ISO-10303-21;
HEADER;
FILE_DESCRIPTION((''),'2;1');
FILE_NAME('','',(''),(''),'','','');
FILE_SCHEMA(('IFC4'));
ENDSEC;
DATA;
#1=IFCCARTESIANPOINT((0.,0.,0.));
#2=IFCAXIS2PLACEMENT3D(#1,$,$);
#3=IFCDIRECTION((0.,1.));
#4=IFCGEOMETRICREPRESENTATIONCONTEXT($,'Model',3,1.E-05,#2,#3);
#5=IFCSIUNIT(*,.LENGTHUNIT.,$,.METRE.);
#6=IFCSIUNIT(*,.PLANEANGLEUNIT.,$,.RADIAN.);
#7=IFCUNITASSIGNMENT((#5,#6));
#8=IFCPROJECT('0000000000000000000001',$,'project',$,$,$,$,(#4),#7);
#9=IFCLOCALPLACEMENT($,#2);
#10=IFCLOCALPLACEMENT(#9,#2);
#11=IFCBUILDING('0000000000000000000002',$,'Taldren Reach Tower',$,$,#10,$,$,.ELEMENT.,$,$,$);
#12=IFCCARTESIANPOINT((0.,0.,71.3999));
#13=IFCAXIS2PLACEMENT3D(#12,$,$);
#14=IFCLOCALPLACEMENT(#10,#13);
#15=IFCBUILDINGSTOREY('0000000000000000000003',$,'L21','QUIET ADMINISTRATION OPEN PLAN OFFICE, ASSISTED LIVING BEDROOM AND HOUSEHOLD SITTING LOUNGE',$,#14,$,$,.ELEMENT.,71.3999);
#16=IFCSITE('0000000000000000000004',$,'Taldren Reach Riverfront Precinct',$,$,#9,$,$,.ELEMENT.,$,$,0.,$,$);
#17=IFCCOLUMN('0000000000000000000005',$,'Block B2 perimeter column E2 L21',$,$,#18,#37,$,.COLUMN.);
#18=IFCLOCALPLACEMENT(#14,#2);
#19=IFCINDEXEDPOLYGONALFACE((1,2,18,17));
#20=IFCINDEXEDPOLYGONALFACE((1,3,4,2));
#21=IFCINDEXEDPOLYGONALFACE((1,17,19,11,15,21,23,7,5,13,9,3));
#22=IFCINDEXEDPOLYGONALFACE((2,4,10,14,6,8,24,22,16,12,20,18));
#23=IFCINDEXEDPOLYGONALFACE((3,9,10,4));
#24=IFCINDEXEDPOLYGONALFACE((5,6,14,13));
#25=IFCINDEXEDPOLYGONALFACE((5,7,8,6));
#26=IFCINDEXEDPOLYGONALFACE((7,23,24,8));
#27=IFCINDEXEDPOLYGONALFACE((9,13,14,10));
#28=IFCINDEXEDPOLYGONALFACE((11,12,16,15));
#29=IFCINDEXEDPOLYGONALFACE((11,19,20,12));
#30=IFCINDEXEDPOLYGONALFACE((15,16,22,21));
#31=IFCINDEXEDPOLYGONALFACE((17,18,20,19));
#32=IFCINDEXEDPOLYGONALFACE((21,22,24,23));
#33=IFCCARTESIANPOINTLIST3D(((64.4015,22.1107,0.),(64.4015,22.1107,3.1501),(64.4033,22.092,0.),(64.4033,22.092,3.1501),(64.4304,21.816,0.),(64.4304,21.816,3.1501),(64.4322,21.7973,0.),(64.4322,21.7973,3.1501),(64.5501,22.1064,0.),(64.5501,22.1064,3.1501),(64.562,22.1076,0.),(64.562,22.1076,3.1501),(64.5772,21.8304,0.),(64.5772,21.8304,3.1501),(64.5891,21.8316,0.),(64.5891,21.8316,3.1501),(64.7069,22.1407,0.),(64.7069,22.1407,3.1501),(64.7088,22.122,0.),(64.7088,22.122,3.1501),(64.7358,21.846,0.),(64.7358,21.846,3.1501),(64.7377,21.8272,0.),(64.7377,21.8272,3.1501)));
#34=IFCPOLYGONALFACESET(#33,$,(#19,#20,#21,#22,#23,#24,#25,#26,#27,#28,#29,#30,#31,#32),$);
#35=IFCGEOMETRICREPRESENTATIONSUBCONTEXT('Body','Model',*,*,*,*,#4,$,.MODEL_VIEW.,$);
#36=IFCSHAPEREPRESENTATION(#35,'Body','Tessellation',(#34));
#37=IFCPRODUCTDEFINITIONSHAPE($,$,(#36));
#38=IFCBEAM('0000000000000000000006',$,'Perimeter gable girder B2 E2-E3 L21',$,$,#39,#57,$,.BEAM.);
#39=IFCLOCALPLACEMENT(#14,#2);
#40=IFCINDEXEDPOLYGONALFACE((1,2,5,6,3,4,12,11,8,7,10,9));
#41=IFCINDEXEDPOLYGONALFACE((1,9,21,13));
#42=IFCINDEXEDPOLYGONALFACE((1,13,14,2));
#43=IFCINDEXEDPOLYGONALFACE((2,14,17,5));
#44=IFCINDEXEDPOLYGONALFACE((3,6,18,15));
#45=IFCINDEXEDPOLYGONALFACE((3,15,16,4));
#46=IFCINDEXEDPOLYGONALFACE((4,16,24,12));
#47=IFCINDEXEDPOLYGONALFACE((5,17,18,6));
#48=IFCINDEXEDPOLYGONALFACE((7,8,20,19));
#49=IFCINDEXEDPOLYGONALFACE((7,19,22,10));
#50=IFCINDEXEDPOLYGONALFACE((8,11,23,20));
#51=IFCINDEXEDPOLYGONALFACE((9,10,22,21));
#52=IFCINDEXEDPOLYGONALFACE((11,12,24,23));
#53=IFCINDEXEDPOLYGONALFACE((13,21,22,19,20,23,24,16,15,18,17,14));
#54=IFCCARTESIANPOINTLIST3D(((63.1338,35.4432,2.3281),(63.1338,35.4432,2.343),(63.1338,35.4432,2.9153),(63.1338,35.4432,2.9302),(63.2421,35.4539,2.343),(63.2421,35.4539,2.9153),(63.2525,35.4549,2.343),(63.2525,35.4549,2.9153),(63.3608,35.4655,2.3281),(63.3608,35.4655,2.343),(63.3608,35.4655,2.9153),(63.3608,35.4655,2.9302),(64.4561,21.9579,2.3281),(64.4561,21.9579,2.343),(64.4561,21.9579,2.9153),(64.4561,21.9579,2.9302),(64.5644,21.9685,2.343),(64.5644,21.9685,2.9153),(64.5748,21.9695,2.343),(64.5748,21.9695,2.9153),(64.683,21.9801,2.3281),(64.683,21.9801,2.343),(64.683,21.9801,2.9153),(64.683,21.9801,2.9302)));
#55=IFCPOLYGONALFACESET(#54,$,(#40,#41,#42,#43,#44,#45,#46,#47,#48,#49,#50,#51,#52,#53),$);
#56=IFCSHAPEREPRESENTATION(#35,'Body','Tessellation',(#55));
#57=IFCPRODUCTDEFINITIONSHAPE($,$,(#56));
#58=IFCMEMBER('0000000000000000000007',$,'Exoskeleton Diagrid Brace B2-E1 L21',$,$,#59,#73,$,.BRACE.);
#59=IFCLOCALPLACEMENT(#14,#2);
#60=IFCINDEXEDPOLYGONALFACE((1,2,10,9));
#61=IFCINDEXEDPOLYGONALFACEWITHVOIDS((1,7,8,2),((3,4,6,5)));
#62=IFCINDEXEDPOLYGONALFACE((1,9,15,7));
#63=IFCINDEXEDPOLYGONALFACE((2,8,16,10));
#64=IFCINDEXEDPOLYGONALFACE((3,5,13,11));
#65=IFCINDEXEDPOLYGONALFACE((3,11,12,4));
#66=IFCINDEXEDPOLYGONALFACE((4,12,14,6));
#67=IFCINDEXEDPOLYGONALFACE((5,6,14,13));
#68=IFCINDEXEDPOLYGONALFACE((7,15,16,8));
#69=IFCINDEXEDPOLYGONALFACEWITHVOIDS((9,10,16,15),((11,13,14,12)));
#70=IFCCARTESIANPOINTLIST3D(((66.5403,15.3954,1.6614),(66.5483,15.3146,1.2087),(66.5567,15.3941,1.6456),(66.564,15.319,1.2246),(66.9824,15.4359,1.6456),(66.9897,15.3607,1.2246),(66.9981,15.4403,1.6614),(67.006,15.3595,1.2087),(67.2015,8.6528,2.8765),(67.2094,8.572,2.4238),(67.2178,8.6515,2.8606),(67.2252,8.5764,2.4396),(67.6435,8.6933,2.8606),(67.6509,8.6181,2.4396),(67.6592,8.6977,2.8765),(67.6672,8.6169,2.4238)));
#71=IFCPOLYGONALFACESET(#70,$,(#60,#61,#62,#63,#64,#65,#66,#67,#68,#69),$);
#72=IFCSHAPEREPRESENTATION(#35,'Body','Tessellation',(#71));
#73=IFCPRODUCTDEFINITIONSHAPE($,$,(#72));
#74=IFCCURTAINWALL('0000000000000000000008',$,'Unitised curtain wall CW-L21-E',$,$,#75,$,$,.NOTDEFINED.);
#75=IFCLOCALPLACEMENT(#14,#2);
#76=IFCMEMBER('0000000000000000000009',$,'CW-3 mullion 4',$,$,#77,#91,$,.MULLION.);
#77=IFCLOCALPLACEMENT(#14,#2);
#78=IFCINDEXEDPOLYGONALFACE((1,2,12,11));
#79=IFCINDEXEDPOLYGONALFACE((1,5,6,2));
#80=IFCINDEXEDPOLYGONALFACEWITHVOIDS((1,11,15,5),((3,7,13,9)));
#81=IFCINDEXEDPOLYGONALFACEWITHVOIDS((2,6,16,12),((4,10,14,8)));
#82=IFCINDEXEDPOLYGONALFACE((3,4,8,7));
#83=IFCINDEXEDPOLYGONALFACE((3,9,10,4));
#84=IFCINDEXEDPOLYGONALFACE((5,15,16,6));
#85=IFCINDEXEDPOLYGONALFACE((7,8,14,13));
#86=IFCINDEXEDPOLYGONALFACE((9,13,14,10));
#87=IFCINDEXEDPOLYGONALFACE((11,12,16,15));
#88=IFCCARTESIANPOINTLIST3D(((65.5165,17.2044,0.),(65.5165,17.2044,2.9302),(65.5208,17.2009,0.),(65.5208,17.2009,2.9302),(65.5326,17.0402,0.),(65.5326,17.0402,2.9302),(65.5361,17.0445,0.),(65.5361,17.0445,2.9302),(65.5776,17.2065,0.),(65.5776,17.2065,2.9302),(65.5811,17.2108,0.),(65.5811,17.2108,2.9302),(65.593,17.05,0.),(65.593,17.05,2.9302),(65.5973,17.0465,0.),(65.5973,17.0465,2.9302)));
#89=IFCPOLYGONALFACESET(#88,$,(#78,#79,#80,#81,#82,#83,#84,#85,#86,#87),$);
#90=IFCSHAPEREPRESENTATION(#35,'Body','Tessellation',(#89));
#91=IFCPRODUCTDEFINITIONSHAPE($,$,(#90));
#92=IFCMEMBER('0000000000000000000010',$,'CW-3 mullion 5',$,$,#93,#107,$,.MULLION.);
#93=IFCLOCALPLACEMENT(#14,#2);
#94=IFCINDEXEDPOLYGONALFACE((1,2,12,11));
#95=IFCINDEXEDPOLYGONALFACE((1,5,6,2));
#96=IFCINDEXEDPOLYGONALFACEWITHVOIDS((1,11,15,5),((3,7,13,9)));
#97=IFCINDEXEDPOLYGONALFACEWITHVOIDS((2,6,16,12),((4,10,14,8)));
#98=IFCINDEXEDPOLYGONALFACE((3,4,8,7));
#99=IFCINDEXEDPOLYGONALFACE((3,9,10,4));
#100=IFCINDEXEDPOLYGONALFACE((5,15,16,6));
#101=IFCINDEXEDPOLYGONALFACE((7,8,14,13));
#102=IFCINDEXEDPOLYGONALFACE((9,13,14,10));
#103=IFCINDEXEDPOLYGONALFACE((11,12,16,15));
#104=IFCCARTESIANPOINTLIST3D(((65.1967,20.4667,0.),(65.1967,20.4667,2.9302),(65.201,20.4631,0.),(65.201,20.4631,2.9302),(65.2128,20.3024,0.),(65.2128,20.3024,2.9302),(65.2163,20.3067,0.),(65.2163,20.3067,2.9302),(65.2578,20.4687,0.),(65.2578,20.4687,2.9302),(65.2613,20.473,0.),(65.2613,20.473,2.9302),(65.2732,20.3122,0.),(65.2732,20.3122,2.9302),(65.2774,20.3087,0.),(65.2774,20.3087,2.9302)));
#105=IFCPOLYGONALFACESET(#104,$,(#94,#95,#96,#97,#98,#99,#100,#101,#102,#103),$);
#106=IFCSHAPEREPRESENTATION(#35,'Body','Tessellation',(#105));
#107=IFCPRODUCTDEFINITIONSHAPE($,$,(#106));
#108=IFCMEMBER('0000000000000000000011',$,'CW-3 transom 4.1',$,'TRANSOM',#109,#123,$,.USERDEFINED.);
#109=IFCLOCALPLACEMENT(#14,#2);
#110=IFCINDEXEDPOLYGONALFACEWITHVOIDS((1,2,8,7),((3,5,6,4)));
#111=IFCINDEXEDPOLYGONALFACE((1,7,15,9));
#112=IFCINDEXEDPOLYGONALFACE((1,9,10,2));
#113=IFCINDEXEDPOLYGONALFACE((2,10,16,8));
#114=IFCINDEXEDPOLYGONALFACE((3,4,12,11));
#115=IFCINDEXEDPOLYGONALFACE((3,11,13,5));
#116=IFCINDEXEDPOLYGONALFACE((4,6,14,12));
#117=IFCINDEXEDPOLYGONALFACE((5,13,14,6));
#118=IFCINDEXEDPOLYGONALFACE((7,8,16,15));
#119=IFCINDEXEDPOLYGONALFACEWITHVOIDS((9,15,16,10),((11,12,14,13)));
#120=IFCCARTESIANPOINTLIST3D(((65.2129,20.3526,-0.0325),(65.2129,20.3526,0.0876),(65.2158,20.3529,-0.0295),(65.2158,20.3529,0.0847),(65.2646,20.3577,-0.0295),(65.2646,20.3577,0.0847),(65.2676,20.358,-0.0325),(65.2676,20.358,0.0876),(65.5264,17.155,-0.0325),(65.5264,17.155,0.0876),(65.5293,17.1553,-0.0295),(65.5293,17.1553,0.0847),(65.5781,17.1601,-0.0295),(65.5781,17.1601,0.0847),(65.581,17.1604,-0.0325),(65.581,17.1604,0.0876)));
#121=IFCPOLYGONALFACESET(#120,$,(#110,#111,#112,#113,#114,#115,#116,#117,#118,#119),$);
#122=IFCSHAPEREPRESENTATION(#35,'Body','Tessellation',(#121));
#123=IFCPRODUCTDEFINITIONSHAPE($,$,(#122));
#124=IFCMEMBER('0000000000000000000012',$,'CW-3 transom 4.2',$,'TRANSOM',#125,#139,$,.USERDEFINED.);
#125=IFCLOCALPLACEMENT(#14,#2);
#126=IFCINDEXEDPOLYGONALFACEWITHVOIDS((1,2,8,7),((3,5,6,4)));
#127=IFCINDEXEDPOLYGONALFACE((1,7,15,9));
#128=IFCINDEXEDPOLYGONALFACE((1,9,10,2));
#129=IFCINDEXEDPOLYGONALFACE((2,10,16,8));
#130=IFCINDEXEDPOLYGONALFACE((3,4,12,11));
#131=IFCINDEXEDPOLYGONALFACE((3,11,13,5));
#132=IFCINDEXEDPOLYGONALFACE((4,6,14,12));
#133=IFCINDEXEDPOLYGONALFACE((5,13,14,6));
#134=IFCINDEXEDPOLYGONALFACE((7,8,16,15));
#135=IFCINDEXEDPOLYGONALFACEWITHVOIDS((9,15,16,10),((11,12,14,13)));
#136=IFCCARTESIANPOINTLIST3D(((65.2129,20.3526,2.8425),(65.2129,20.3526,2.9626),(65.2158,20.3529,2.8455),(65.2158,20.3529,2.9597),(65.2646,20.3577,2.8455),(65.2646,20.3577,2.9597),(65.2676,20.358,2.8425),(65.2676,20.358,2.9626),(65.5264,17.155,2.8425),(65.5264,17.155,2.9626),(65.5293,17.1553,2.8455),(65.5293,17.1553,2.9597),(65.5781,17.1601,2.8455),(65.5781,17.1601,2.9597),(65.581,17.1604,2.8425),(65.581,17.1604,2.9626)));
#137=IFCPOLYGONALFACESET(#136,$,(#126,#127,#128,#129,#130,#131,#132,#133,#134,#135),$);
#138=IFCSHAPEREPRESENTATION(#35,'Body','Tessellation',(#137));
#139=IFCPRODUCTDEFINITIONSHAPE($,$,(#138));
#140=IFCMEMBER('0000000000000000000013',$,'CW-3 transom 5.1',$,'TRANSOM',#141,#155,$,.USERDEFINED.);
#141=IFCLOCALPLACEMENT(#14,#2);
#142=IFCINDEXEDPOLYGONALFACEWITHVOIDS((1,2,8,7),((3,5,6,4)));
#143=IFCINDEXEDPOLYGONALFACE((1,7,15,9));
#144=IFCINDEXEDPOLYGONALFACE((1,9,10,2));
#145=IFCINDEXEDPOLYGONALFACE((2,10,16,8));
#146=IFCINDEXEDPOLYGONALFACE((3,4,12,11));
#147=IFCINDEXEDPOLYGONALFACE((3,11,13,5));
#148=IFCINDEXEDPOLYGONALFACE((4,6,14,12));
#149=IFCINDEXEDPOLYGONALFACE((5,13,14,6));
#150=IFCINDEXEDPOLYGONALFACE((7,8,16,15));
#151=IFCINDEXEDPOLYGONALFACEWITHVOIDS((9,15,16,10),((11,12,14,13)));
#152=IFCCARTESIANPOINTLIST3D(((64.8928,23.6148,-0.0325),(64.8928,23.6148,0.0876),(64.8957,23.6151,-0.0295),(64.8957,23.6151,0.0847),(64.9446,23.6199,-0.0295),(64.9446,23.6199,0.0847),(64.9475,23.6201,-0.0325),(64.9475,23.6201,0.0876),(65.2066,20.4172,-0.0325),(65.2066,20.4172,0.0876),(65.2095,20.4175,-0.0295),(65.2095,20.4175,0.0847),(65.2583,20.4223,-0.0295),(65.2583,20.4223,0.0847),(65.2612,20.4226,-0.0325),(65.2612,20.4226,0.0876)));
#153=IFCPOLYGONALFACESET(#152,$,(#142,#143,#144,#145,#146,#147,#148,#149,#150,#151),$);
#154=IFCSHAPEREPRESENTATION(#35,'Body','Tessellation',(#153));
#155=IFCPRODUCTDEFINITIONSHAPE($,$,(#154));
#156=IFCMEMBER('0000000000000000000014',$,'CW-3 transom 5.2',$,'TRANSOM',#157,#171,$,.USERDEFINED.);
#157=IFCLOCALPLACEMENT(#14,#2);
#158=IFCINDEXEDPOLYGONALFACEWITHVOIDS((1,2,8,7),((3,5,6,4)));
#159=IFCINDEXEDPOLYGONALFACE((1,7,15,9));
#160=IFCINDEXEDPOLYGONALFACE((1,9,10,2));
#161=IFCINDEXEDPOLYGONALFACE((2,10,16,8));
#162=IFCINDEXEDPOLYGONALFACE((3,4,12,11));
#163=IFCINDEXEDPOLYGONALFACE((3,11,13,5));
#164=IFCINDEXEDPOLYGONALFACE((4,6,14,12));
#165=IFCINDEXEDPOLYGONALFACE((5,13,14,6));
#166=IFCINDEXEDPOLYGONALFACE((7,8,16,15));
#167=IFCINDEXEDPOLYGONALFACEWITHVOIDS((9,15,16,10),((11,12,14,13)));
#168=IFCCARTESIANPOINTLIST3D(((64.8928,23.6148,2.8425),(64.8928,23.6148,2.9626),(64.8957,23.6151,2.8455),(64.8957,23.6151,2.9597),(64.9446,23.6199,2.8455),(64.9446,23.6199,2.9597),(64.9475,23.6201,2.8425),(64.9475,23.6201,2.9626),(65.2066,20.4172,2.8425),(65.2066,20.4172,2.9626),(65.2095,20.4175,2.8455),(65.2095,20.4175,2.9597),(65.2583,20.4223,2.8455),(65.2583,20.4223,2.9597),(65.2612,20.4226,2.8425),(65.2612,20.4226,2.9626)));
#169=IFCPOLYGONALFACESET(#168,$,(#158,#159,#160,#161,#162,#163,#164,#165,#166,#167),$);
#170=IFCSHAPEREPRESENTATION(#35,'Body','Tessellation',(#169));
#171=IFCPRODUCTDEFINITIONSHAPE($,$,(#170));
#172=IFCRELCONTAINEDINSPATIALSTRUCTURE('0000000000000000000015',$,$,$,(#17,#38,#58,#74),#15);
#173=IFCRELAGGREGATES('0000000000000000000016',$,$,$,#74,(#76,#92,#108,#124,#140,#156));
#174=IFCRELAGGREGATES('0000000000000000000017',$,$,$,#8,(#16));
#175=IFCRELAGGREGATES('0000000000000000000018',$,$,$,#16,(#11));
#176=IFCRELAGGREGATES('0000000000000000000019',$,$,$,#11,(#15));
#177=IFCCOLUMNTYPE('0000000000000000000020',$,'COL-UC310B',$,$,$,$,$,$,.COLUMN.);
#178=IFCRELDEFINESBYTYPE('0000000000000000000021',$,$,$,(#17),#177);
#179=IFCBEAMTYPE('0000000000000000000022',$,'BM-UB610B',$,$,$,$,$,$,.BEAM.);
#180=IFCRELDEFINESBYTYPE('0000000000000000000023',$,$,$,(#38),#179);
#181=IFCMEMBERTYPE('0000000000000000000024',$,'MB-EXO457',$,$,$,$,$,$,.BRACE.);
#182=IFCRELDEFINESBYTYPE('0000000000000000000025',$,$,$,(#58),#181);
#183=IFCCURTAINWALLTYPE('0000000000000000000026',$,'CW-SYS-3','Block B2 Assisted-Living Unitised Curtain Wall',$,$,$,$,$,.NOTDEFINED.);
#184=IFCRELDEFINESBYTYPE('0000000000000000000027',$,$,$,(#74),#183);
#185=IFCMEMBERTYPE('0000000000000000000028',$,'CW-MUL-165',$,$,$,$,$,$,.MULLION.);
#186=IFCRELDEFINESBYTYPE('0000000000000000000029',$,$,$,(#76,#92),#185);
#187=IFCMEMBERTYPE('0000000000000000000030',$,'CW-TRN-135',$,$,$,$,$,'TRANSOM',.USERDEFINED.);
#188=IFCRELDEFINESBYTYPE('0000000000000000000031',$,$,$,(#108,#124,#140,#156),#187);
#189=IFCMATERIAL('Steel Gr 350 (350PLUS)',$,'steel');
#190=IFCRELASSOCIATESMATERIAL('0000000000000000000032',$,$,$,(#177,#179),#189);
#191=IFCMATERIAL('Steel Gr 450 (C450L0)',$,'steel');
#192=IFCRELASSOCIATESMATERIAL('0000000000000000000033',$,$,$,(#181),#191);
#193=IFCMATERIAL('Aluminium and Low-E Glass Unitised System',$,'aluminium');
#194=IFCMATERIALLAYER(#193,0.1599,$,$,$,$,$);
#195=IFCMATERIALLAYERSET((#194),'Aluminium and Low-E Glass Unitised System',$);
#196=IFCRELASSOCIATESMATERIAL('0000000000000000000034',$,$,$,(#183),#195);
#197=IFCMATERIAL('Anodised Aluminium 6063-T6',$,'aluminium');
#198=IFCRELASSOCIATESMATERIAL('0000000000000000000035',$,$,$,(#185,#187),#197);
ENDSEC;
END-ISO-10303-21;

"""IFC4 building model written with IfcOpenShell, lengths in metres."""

from ifc_helpers import new_model, si_unit, direction, frame, origin, origin_2d, place, context, subcontext, project, spatial, hollow_rectangle, i_section, extrude, source, transform, mapped, material, layer, layer_set, material_profile, profile_set, type_object, element, aggregate, save


model = new_model("IFC4")

# Units and contexts
model_context = context("Model", 3, precision=1e-05, world=origin(), true_north=direction((0.0, 1.0)))
body_context = subcontext(model_context, "Body", "Model", "MODEL_VIEW")
ifc_project = project(units=[si_unit("LENGTHUNIT", "METRE"), si_unit("PLANEANGLEUNIT", "RADIAN")], contexts=[model_context])

# Site, building, storey
site_placement = place(None, origin())
site = spatial("IfcSite", under=ifc_project, at=site_placement, Name="Taldren Reach Riverfront Precinct", CompositionType="ELEMENT", RefElevation=0.0)
building_placement = place(site_placement, origin())
building = spatial("IfcBuilding", under=site, at=building_placement, Name="Taldren Reach Tower", CompositionType="ELEMENT")
storey_placement = place(building_placement, frame((0.0, 0.0, 71.3999)))
storey = spatial("IfcBuildingStorey", under=building, at=storey_placement, Name="L21", Description="QUIET ADMINISTRATION OPEN PLAN OFFICE, ASSISTED LIVING BEDROOM AND HOUSEHOLD SITTING LOUNGE", CompositionType="ELEMENT", Elevation=71.3999)

# Column
ifc_material_1 = material(Name="Steel Gr 350 (350PLUS)", Category="steel")
ifc_material_profile_1 = material_profile(ifc_material_1, i_section(OverallWidth=0.3069, OverallDepth=0.3149, WebThickness=0.012, FlangeThickness=0.0188, at=origin_2d()), Name="310UC118")
ifc_profile_set_1 = profile_set([ifc_material_profile_1], Name="Steel Gr 350 (350PLUS)")
column_type = type_object("IfcColumnType", Name="COL-UC310B", PredefinedType="COLUMN", material=ifc_profile_set_1)
shared_shape_1 = source(origin(), body_context, "Body", "SweptSolid", [
    extrude(i_section(OverallWidth=0.3069, OverallDepth=0.3149, WebThickness=0.012, FlangeThickness=0.0188, at=origin_2d()), origin(), (0.0, 0.0, 1.0), 3.1501),
])
column_placement = place(storey_placement, frame((64.5696, 21.969, 0.0), z_axis=(0.0, 0.0, 1.0), x_axis=(0.995227, 0.097583, 0.0)))
element("IfcColumn", 1, at=column_placement, inside=storey, type_object=column_type, Name="Block B2 perimeter column E2 L21", PredefinedType="COLUMN", context=body_context, shape_type="MappedRepresentation", body=[
    mapped(shared_shape_1, transform((0.0, 0.0, 0.0), scale=1.0)),
])

# Beam
ifc_material_profile_2 = material_profile(ifc_material_1, i_section(OverallWidth=0.228, OverallDepth=0.6021, WebThickness=0.0105, FlangeThickness=0.0149, at=origin_2d()), Name="610UB101")
ifc_profile_set_2 = profile_set([ifc_material_profile_2], Name="Steel Gr 350 (350PLUS)")
beam_type = type_object("IfcBeamType", Name="BM-UB610B", PredefinedType="BEAM", material=ifc_profile_set_2)
shared_shape_2 = source(origin(), body_context, "Body", "SweptSolid", [
    extrude(i_section(OverallWidth=0.228, OverallDepth=0.6021, WebThickness=0.0105, FlangeThickness=0.0149, at=origin_2d()), origin(), (0.0, 0.0, 1.0), 13.55),
])
beam_placement = place(storey_placement, frame((64.5696, 21.969, 2.6292), z_axis=(-0.097584, 0.995227, 0.0), x_axis=(-0.995227, -0.097584, 0.0)))
element("IfcBeam", 2, at=beam_placement, inside=storey, type_object=beam_type, Name="Perimeter gable girder B2 E2-E3 L21", PredefinedType="BEAM", context=body_context, shape_type="MappedRepresentation", body=[
    mapped(shared_shape_2, transform((0.0, 0.0, 0.0), scale=1.0)),
])

# Member
ifc_material_2 = material(Name="Steel Gr 450 (C450L0)", Category="steel")
ifc_material_profile_3 = material_profile(ifc_material_2, hollow_rectangle(XDim=0.46, YDim=0.46, WallThickness=0.0161, at=origin_2d()), Name="460x460x16.0SHS")
ifc_profile_set_3 = profile_set([ifc_material_profile_3], Name="Steel Gr 450 (C450L0)")
member_type_1 = type_object("IfcMemberType", Name="MB-EXO457", PredefinedType="BRACE", material=ifc_profile_set_3)
shared_shape_3 = source(origin(), body_context, "Body", "SweptSolid", [
    extrude(hollow_rectangle(XDim=0.46, YDim=0.46, WallThickness=0.0161, at=origin_2d()), origin(), (0.0, 0.0, 1.0), 6.8831),
])
member_1_placement = place(storey_placement, frame((66.7732, 15.3774, 1.4351), z_axis=(0.096051, -0.979597, 0.176532), x_axis=(0.995227, 0.097584, 0.0)))
element("IfcMember", 3, at=member_1_placement, inside=storey, type_object=member_type_1, Name="Exoskeleton Diagrid Brace B2-E1 L21", PredefinedType="BRACE", context=body_context, shape_type="MappedRepresentation", body=[
    mapped(shared_shape_3, transform((0.0, 0.0, 0.0), scale=1.0)),
])

# Curtain wall, members
ifc_material_3 = material(Name="Aluminium and Low-E Glass Unitised System", Category="aluminium")
ifc_layer_1 = layer(ifc_material_3, 0.1599)
ifc_layer_set_1 = layer_set([ifc_layer_1], Name="Aluminium and Low-E Glass Unitised System")
curtain_wall_type = type_object("IfcCurtainWallType", Name="CW-SYS-3", Description="Block B2 Assisted-Living Unitised Curtain Wall", PredefinedType="NOTDEFINED", material=ifc_layer_set_1)
curtain_wall_placement = place(storey_placement, origin())
curtain_wall = element("IfcCurtainWall", 4, at=curtain_wall_placement, inside=storey, type_object=curtain_wall_type, Name="Unitised curtain wall CW-L21-E", PredefinedType="NOTDEFINED")
ifc_material_4 = material(Name="Anodised Aluminium 6063-T6", Category="aluminium")
ifc_material_profile_4 = material_profile(ifc_material_4, hollow_rectangle(XDim=0.0649, YDim=0.165, WallThickness=0.0039, at=origin_2d()), Name="ALU-165x65x4RHS")
ifc_profile_set_4 = profile_set([ifc_material_profile_4], Name="Anodised Aluminium 6063-T6")
member_type_2 = type_object("IfcMemberType", Name="CW-MUL-165", PredefinedType="MULLION", material=ifc_profile_set_4)
shared_shape_4 = source(origin(), body_context, "Body", "SweptSolid", [
    extrude(hollow_rectangle(XDim=0.0649, YDim=0.165, WallThickness=0.0039, at=origin_2d()), origin(), (0.0, 0.0, 1.0), 2.9302),
])
member_2_placement = place(storey_placement, frame((65.5569, 17.1255, 0.0), z_axis=(0.0, 0.0, 1.0), x_axis=(-0.995227, -0.097583, 0.0)))
member_2 = element("IfcMember", 5, at=member_2_placement, type_object=member_type_2, Name="CW-3 mullion 4", PredefinedType="MULLION", context=body_context, shape_type="MappedRepresentation", body=[
    mapped(shared_shape_4, transform((0.0, 0.0, 0.0), scale=1.0)),
])
member_3_placement = place(storey_placement, frame((65.2371, 20.3877, 0.0), z_axis=(0.0, 0.0, 1.0), x_axis=(-0.995227, -0.097583, 0.0)))
member_3 = element("IfcMember", 6, at=member_3_placement, type_object=member_type_2, Name="CW-3 mullion 5", PredefinedType="MULLION", context=body_context, shape_type="MappedRepresentation", body=[
    mapped(shared_shape_4, transform((0.0, 0.0, 0.0), scale=1.0)),
])
ifc_material_profile_5 = material_profile(ifc_material_4, hollow_rectangle(XDim=0.0549, YDim=0.1201, WallThickness=0.0029, at=origin_2d()), Name="ALU-120x55x3RHS")
ifc_profile_set_5 = profile_set([ifc_material_profile_5], Name="Anodised Aluminium 6063-T6")
member_type_3 = type_object("IfcMemberType", Name="CW-TRN-135", ElementType="TRANSOM", PredefinedType="USERDEFINED", material=ifc_profile_set_5)
shared_shape_5 = source(origin(), body_context, "Body", "SweptSolid", [
    extrude(hollow_rectangle(XDim=0.0549, YDim=0.1201, WallThickness=0.0029, at=origin_2d()), origin(), (0.0, 0.0, 1.0), 3.2129),
])
member_4_placement = place(storey_placement, frame((65.5537, 17.1577, 0.0276), z_axis=(-0.09757, 0.995229, 0.0), x_axis=(-0.995229, -0.09757, 0.0)))
member_4 = element("IfcMember", 7, at=member_4_placement, type_object=member_type_3, Name="CW-3 transom 4.1", ObjectType="TRANSOM", PredefinedType="USERDEFINED", context=body_context, shape_type="MappedRepresentation", body=[
    mapped(shared_shape_5, transform((0.0, 0.0, 0.0), scale=1.0)),
])
member_5_placement = place(storey_placement, frame((65.5537, 17.1577, 2.9026), z_axis=(-0.09757, 0.995229, 0.0), x_axis=(-0.995229, -0.09757, 0.0)))
member_5 = element("IfcMember", 8, at=member_5_placement, type_object=member_type_3, Name="CW-3 transom 4.2", ObjectType="TRANSOM", PredefinedType="USERDEFINED", context=body_context, shape_type="MappedRepresentation", body=[
    mapped(shared_shape_5, transform((0.0, 0.0, 0.0), scale=1.0)),
])
member_6_placement = place(storey_placement, frame((65.2339, 20.4199, 0.0276), z_axis=(-0.097645, 0.995221, 0.0), x_axis=(-0.995221, -0.097645, 0.0)))
member_6 = element("IfcMember", 9, at=member_6_placement, type_object=member_type_3, Name="CW-3 transom 5.1", ObjectType="TRANSOM", PredefinedType="USERDEFINED", context=body_context, shape_type="MappedRepresentation", body=[
    mapped(shared_shape_5, transform((0.0, 0.0, 0.0), scale=1.0)),
])
member_7_placement = place(storey_placement, frame((65.2339, 20.4199, 2.9026), z_axis=(-0.097645, 0.995221, 0.0), x_axis=(-0.995221, -0.097645, 0.0)))
member_7 = element("IfcMember", 10, at=member_7_placement, type_object=member_type_3, Name="CW-3 transom 5.2", ObjectType="TRANSOM", PredefinedType="USERDEFINED", context=body_context, shape_type="MappedRepresentation", body=[
    mapped(shared_shape_5, transform((0.0, 0.0, 0.0), scale=1.0)),
])
aggregate(curtain_wall, [member_2, member_3, member_4, member_5, member_6, member_7])

save(model, "model.ifc")
